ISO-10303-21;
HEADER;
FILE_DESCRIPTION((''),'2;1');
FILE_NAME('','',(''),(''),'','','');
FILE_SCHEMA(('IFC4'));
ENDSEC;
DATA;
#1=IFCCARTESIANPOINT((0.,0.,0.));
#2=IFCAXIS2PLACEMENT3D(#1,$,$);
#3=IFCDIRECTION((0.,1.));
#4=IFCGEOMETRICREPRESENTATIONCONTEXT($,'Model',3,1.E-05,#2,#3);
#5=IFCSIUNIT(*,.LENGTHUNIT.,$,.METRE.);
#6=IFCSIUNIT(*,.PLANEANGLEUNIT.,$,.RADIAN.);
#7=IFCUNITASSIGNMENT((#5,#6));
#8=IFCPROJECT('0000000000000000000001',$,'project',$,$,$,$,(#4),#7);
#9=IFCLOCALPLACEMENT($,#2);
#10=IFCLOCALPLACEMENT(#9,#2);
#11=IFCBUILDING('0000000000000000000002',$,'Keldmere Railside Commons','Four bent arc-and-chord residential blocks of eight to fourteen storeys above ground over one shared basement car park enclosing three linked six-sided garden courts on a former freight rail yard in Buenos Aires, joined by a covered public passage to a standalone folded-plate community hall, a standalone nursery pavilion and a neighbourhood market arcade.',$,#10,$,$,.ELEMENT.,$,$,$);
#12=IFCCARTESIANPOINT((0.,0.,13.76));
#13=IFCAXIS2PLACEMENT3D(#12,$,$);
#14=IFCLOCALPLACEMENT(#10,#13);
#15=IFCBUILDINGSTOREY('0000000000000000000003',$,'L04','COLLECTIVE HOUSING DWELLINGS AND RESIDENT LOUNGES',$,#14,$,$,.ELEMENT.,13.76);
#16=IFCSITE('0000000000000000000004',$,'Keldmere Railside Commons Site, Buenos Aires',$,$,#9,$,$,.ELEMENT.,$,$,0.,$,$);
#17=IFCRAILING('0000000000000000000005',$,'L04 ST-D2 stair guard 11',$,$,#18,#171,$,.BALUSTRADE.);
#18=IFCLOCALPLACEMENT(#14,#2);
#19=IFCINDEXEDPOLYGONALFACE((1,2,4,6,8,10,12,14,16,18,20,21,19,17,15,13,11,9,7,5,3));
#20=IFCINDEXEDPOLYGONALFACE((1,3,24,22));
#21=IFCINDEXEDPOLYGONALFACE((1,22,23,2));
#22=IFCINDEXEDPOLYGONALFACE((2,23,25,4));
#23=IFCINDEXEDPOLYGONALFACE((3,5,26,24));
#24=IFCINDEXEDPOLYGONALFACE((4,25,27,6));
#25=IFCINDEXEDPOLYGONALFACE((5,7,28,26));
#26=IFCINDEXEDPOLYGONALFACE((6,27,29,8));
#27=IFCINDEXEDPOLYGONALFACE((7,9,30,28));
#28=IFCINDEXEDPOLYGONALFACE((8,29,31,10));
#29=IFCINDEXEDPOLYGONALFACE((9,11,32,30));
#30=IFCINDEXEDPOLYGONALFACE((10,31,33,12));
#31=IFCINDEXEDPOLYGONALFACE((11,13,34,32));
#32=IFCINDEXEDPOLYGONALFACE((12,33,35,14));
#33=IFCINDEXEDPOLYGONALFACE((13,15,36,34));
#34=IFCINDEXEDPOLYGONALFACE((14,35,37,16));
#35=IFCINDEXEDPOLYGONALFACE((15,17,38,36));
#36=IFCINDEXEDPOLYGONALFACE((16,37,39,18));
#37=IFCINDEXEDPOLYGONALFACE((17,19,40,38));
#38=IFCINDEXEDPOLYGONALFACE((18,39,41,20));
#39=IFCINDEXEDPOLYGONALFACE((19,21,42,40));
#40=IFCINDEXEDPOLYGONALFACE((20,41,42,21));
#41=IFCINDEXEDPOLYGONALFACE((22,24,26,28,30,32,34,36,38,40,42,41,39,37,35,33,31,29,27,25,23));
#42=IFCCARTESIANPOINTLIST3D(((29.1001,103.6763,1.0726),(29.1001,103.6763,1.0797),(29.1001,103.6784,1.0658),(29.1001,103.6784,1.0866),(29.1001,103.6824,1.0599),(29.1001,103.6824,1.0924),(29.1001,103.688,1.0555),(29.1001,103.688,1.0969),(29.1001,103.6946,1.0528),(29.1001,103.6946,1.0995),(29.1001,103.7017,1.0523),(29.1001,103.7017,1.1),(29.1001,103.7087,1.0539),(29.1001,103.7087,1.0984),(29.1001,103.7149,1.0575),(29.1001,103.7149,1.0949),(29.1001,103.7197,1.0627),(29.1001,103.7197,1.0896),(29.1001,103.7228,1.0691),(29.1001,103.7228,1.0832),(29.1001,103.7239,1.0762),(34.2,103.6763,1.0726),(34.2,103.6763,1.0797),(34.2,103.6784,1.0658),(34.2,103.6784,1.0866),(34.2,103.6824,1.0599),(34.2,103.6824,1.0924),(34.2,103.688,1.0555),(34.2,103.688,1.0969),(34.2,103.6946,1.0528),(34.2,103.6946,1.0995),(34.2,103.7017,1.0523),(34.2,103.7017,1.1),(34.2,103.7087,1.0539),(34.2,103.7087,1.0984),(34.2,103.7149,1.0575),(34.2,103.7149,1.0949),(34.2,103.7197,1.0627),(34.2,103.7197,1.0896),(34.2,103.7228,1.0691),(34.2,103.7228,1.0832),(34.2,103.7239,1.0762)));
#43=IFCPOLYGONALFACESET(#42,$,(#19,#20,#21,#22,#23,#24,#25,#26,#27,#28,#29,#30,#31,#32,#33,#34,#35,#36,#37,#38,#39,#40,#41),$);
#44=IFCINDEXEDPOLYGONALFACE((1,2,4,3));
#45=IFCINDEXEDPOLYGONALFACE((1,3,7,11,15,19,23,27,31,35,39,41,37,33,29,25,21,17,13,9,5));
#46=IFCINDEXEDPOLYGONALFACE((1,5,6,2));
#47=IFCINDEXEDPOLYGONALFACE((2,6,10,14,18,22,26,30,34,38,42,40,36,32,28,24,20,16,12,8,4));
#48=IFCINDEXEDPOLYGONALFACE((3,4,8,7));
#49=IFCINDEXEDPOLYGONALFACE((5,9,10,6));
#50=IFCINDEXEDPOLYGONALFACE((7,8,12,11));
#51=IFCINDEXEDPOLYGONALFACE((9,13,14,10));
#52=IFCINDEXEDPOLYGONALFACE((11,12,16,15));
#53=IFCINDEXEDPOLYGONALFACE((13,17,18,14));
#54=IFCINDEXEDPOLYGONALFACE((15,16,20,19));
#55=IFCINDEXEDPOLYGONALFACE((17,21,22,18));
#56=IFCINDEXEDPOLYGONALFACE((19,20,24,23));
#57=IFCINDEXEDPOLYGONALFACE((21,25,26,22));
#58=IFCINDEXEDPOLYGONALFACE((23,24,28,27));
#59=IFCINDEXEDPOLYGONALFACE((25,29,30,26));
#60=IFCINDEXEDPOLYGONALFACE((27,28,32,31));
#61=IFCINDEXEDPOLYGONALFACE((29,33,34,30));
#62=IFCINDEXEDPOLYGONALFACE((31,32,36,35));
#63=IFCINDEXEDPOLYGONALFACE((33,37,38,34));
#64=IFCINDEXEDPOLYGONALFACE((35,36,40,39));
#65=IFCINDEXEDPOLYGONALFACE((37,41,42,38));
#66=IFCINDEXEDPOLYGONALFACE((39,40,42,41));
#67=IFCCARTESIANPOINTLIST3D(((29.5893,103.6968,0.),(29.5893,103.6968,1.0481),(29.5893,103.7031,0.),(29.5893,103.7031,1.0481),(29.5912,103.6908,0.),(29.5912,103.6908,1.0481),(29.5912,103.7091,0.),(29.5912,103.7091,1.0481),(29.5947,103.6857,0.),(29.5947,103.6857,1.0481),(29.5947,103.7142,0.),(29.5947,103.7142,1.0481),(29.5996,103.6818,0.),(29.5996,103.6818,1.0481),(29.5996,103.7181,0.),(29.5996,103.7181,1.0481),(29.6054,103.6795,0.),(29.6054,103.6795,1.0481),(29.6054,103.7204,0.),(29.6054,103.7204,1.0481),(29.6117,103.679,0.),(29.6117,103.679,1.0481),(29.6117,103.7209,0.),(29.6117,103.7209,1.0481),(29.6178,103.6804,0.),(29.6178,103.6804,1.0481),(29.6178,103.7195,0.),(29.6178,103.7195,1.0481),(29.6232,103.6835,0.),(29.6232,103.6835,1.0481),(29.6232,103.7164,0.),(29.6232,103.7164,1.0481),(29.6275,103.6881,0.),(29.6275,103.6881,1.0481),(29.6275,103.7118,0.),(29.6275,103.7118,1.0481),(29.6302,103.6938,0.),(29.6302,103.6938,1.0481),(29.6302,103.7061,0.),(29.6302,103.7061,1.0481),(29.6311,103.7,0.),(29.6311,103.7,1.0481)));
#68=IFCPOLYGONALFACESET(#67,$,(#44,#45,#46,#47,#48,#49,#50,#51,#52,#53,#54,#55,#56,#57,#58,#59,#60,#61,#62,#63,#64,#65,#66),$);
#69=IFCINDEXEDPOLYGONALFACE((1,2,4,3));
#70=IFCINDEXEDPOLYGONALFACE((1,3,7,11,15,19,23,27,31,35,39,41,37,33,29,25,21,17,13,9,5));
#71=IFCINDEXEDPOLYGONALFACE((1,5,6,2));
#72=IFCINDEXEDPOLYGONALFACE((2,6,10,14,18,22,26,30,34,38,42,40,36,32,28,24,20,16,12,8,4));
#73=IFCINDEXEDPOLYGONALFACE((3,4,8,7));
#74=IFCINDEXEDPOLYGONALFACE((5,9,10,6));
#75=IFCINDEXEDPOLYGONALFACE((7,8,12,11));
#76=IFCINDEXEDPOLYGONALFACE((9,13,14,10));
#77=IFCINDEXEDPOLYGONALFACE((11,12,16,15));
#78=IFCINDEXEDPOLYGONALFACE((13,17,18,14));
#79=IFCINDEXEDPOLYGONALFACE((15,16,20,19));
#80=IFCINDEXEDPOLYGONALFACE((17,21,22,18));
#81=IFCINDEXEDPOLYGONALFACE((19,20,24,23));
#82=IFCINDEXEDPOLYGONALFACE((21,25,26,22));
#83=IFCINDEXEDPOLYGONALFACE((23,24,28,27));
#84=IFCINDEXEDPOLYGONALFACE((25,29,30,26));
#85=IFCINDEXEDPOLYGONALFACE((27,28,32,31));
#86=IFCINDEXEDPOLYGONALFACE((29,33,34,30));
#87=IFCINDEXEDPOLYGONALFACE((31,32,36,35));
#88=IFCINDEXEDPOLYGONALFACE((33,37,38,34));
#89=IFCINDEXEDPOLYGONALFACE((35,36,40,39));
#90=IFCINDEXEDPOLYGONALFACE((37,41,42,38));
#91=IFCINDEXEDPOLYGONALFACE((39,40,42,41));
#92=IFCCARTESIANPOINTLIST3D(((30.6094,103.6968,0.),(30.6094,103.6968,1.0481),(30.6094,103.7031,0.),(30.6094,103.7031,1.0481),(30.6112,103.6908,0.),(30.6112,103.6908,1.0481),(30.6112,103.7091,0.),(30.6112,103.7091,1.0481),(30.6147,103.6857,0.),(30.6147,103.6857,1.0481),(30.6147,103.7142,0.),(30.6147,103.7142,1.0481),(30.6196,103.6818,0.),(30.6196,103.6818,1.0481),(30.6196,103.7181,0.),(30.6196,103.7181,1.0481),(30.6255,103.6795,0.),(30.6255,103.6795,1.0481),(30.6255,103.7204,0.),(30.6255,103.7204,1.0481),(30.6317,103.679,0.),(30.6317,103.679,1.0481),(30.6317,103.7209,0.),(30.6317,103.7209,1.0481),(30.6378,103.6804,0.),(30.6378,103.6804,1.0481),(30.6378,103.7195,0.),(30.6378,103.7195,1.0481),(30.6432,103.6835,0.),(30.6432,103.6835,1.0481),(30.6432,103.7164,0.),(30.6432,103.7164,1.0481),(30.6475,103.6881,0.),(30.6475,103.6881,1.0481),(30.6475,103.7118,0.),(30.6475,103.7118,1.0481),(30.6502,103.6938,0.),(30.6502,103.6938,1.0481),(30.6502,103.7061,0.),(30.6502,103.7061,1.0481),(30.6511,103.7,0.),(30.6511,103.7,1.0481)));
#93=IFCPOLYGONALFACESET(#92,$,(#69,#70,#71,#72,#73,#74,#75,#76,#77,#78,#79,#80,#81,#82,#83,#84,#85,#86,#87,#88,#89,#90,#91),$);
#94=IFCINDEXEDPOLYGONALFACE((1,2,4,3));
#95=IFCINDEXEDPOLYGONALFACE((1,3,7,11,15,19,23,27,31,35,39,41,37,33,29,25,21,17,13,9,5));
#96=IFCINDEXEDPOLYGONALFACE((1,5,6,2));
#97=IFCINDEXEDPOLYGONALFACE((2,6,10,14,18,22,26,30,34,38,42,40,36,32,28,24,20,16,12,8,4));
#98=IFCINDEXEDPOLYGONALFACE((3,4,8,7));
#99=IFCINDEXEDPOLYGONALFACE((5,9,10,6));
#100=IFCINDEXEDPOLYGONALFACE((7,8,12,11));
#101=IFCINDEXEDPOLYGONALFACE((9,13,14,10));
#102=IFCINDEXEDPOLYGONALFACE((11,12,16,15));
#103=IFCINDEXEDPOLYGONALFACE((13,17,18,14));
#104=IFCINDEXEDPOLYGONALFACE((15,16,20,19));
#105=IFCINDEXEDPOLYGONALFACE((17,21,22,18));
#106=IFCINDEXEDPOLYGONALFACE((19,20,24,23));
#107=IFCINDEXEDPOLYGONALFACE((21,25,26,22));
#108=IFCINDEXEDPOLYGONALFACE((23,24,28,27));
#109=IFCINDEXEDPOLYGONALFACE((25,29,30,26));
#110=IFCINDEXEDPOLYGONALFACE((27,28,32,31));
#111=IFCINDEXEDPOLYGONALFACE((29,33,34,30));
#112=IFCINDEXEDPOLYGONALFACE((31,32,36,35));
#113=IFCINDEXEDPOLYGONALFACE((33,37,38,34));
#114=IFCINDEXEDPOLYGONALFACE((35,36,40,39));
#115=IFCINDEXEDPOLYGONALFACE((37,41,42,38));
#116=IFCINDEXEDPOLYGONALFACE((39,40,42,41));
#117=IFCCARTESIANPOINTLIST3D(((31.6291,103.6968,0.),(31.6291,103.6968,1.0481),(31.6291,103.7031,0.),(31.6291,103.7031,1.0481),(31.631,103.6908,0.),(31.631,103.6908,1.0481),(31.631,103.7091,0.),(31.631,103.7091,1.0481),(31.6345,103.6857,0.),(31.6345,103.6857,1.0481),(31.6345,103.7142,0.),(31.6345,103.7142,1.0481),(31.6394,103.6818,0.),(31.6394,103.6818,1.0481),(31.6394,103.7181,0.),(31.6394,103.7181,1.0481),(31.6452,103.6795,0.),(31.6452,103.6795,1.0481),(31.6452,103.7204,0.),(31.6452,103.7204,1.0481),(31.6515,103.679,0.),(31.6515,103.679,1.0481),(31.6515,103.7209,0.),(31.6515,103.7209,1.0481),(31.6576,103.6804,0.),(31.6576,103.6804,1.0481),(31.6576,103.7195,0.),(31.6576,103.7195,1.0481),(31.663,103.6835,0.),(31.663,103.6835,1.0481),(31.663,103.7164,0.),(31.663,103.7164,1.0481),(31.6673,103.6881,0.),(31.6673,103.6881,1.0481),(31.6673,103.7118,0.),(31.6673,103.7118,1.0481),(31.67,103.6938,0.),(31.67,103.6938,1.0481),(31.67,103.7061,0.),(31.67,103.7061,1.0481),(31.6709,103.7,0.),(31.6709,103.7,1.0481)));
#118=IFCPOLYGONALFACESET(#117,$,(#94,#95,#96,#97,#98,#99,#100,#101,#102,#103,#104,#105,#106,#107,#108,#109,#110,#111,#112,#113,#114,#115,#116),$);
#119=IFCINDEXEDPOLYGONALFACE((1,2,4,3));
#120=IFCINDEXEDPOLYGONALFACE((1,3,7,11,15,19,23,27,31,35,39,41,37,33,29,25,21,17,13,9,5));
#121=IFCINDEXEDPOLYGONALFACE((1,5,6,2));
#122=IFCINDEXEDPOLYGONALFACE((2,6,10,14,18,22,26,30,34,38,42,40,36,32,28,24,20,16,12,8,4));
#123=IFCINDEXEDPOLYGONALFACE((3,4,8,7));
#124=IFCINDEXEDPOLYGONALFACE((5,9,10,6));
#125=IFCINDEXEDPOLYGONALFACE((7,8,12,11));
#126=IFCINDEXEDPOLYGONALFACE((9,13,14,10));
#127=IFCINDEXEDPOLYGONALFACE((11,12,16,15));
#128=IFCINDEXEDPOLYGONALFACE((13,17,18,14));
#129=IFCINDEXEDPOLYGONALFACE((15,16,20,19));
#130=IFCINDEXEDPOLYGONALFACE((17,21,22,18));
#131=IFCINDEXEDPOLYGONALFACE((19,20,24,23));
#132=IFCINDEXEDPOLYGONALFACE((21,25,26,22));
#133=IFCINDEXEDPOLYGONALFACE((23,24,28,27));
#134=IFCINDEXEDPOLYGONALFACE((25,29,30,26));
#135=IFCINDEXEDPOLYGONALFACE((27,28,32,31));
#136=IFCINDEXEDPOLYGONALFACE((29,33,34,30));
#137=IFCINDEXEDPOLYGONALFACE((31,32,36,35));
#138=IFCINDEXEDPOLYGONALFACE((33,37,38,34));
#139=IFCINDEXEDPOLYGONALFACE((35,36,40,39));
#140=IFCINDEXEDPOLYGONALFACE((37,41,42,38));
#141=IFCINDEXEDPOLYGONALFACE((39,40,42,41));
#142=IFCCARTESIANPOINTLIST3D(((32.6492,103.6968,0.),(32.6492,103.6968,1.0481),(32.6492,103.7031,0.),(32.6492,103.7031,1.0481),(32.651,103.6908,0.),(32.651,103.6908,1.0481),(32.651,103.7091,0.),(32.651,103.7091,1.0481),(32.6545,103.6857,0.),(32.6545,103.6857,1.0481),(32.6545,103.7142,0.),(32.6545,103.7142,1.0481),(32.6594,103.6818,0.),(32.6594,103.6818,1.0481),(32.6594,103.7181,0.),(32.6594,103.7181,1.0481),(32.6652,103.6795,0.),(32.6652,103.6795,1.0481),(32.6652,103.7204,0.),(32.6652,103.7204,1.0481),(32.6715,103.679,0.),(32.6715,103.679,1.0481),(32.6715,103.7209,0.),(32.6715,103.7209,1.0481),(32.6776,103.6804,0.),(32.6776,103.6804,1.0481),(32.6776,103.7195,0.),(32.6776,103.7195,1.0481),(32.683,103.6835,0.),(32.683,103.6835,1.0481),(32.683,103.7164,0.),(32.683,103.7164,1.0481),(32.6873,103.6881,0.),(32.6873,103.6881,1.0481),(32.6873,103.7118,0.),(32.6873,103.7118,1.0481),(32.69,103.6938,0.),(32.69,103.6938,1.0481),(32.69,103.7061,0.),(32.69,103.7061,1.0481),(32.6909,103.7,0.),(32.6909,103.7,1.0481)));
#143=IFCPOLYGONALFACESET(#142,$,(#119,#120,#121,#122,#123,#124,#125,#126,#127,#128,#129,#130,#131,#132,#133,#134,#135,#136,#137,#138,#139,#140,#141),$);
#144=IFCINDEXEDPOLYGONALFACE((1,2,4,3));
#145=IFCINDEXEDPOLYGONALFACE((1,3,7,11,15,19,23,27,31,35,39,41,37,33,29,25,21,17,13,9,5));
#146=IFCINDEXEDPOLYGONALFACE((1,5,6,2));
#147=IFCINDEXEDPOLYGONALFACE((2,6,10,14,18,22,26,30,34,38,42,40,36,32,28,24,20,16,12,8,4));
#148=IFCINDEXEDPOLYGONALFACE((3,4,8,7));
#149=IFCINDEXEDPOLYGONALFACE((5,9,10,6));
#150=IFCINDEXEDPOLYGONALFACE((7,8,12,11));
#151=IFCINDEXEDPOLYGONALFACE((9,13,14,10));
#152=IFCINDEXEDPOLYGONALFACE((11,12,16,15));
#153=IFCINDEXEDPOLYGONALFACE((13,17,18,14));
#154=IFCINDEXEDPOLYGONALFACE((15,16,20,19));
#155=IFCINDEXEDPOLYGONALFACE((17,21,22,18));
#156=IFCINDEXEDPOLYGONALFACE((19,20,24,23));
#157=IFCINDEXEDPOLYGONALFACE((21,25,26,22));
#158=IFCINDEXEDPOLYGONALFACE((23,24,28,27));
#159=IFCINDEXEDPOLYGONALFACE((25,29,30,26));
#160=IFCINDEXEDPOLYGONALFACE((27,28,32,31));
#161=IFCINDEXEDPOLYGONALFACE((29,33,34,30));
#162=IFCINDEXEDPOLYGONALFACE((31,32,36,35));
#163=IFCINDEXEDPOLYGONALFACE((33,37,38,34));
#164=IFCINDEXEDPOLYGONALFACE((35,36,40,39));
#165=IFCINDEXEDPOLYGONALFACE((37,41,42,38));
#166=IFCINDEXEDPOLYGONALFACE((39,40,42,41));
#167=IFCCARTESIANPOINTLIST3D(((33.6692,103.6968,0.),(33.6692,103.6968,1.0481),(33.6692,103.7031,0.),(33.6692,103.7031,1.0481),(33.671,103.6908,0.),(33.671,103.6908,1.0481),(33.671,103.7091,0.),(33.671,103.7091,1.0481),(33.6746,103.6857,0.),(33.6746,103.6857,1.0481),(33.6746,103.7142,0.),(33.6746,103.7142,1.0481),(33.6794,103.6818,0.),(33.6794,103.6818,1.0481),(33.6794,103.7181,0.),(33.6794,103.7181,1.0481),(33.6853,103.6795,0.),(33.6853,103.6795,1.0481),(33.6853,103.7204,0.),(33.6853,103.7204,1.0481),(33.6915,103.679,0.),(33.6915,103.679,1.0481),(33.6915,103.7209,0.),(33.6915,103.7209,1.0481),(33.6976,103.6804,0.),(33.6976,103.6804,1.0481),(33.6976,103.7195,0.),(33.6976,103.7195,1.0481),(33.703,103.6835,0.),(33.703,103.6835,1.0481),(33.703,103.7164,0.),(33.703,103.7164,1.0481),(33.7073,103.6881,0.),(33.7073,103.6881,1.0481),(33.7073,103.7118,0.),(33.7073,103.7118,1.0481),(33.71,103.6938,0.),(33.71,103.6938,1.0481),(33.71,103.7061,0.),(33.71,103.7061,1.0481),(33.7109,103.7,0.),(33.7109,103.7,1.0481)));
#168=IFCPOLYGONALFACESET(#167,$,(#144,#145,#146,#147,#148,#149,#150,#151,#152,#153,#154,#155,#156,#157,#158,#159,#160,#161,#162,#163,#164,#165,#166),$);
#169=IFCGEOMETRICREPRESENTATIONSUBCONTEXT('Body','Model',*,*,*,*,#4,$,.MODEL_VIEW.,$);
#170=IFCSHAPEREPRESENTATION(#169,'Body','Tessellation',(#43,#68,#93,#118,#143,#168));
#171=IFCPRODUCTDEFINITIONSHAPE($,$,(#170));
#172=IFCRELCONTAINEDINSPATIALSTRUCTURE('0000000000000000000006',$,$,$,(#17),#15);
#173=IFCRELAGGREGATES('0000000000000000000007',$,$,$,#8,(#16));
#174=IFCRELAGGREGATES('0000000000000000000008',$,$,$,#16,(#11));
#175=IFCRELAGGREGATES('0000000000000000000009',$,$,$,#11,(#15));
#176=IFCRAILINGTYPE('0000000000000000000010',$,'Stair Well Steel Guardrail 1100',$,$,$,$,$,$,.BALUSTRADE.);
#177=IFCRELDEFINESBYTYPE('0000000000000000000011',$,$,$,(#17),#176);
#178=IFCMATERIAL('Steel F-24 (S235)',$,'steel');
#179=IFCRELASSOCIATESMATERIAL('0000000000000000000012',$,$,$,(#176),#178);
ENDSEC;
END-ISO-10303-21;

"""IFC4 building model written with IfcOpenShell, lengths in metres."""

from ifc_helpers import new_model, si_unit, direction, frame, origin, origin_2d, place, context, subcontext, project, spatial, circle, extrude, material, type_object, element, save


model = new_model("IFC4")

# Units and contexts
model_context = context("Model", 3, precision=1e-05, world=origin(), true_north=direction((0.0, 1.0)))
body_context = subcontext(model_context, "Body", "Model", "MODEL_VIEW")
ifc_project = project(units=[si_unit("LENGTHUNIT", "METRE"), si_unit("PLANEANGLEUNIT", "RADIAN")], contexts=[model_context])

# Site, building, storey
site_placement = place(None, origin())
site = spatial("IfcSite", under=ifc_project, at=site_placement, Name="Keldmere Railside Commons Site, Buenos Aires", CompositionType="ELEMENT", RefElevation=0.0)
building_placement = place(site_placement, origin())
building = spatial("IfcBuilding", under=site, at=building_placement, Name="Keldmere Railside Commons", Description="Four bent arc-and-chord residential blocks of eight to fourteen storeys above ground over one shared basement car park enclosing three linked six-sided garden courts on a former freight rail yard in Buenos Aires, joined by a covered public passage to a standalone folded-plate community hall, a standalone nursery pavilion and a neighbourhood market arcade.", CompositionType="ELEMENT")
storey_placement = place(building_placement, frame((0.0, 0.0, 13.76)))
storey = spatial("IfcBuildingStorey", under=building, at=storey_placement, Name="L04", Description="COLLECTIVE HOUSING DWELLINGS AND RESIDENT LOUNGES", CompositionType="ELEMENT", Elevation=13.76)

# Shared definitions
ifc_material_1 = material(Name="Steel F-24 (S235)", Category="steel")

# Railing
railing_type_1 = type_object("IfcRailingType", Name="Stair Well Steel Guardrail 1100", PredefinedType="BALUSTRADE", material=ifc_material_1)
railing_1_placement = place(storey_placement, frame((29.1001, 103.7, 0.0)))
element("IfcRailing", 1, at=railing_1_placement, inside=storey, type_object=railing_type_1, Name="L04 ST-D2 stair guard 11", PredefinedType="BALUSTRADE", context=body_context, shape_type="SweptSolid", body=[
    extrude(circle(Radius=0.0239, at=origin_2d()), frame((0.0, 0.0, 1.0762), z_axis=(1.0, 0.0, 0.0), x_axis=(0.0, 1.0, 0.0)), (0.0, 0.0, 1.0), 5.0999),
    extrude(circle(Radius=0.021, at=origin_2d()), frame((0.51, 0.0, 0.0)), (0.0, 0.0, 1.0), 1.0481),
    extrude(circle(Radius=0.021, at=origin_2d()), frame((1.53, 0.0, 0.0)), (0.0, 0.0, 1.0), 1.0481),
    extrude(circle(Radius=0.021, at=origin_2d()), frame((2.5498, 0.0, 0.0)), (0.0, 0.0, 1.0), 1.0481),
    extrude(circle(Radius=0.021, at=origin_2d()), frame((3.5698, 0.0, 0.0)), (0.0, 0.0, 1.0), 1.0481),
    extrude(circle(Radius=0.021, at=origin_2d()), frame((4.5898, 0.0, 0.0)), (0.0, 0.0, 1.0), 1.0481),
])

save(model, "model.ifc")
